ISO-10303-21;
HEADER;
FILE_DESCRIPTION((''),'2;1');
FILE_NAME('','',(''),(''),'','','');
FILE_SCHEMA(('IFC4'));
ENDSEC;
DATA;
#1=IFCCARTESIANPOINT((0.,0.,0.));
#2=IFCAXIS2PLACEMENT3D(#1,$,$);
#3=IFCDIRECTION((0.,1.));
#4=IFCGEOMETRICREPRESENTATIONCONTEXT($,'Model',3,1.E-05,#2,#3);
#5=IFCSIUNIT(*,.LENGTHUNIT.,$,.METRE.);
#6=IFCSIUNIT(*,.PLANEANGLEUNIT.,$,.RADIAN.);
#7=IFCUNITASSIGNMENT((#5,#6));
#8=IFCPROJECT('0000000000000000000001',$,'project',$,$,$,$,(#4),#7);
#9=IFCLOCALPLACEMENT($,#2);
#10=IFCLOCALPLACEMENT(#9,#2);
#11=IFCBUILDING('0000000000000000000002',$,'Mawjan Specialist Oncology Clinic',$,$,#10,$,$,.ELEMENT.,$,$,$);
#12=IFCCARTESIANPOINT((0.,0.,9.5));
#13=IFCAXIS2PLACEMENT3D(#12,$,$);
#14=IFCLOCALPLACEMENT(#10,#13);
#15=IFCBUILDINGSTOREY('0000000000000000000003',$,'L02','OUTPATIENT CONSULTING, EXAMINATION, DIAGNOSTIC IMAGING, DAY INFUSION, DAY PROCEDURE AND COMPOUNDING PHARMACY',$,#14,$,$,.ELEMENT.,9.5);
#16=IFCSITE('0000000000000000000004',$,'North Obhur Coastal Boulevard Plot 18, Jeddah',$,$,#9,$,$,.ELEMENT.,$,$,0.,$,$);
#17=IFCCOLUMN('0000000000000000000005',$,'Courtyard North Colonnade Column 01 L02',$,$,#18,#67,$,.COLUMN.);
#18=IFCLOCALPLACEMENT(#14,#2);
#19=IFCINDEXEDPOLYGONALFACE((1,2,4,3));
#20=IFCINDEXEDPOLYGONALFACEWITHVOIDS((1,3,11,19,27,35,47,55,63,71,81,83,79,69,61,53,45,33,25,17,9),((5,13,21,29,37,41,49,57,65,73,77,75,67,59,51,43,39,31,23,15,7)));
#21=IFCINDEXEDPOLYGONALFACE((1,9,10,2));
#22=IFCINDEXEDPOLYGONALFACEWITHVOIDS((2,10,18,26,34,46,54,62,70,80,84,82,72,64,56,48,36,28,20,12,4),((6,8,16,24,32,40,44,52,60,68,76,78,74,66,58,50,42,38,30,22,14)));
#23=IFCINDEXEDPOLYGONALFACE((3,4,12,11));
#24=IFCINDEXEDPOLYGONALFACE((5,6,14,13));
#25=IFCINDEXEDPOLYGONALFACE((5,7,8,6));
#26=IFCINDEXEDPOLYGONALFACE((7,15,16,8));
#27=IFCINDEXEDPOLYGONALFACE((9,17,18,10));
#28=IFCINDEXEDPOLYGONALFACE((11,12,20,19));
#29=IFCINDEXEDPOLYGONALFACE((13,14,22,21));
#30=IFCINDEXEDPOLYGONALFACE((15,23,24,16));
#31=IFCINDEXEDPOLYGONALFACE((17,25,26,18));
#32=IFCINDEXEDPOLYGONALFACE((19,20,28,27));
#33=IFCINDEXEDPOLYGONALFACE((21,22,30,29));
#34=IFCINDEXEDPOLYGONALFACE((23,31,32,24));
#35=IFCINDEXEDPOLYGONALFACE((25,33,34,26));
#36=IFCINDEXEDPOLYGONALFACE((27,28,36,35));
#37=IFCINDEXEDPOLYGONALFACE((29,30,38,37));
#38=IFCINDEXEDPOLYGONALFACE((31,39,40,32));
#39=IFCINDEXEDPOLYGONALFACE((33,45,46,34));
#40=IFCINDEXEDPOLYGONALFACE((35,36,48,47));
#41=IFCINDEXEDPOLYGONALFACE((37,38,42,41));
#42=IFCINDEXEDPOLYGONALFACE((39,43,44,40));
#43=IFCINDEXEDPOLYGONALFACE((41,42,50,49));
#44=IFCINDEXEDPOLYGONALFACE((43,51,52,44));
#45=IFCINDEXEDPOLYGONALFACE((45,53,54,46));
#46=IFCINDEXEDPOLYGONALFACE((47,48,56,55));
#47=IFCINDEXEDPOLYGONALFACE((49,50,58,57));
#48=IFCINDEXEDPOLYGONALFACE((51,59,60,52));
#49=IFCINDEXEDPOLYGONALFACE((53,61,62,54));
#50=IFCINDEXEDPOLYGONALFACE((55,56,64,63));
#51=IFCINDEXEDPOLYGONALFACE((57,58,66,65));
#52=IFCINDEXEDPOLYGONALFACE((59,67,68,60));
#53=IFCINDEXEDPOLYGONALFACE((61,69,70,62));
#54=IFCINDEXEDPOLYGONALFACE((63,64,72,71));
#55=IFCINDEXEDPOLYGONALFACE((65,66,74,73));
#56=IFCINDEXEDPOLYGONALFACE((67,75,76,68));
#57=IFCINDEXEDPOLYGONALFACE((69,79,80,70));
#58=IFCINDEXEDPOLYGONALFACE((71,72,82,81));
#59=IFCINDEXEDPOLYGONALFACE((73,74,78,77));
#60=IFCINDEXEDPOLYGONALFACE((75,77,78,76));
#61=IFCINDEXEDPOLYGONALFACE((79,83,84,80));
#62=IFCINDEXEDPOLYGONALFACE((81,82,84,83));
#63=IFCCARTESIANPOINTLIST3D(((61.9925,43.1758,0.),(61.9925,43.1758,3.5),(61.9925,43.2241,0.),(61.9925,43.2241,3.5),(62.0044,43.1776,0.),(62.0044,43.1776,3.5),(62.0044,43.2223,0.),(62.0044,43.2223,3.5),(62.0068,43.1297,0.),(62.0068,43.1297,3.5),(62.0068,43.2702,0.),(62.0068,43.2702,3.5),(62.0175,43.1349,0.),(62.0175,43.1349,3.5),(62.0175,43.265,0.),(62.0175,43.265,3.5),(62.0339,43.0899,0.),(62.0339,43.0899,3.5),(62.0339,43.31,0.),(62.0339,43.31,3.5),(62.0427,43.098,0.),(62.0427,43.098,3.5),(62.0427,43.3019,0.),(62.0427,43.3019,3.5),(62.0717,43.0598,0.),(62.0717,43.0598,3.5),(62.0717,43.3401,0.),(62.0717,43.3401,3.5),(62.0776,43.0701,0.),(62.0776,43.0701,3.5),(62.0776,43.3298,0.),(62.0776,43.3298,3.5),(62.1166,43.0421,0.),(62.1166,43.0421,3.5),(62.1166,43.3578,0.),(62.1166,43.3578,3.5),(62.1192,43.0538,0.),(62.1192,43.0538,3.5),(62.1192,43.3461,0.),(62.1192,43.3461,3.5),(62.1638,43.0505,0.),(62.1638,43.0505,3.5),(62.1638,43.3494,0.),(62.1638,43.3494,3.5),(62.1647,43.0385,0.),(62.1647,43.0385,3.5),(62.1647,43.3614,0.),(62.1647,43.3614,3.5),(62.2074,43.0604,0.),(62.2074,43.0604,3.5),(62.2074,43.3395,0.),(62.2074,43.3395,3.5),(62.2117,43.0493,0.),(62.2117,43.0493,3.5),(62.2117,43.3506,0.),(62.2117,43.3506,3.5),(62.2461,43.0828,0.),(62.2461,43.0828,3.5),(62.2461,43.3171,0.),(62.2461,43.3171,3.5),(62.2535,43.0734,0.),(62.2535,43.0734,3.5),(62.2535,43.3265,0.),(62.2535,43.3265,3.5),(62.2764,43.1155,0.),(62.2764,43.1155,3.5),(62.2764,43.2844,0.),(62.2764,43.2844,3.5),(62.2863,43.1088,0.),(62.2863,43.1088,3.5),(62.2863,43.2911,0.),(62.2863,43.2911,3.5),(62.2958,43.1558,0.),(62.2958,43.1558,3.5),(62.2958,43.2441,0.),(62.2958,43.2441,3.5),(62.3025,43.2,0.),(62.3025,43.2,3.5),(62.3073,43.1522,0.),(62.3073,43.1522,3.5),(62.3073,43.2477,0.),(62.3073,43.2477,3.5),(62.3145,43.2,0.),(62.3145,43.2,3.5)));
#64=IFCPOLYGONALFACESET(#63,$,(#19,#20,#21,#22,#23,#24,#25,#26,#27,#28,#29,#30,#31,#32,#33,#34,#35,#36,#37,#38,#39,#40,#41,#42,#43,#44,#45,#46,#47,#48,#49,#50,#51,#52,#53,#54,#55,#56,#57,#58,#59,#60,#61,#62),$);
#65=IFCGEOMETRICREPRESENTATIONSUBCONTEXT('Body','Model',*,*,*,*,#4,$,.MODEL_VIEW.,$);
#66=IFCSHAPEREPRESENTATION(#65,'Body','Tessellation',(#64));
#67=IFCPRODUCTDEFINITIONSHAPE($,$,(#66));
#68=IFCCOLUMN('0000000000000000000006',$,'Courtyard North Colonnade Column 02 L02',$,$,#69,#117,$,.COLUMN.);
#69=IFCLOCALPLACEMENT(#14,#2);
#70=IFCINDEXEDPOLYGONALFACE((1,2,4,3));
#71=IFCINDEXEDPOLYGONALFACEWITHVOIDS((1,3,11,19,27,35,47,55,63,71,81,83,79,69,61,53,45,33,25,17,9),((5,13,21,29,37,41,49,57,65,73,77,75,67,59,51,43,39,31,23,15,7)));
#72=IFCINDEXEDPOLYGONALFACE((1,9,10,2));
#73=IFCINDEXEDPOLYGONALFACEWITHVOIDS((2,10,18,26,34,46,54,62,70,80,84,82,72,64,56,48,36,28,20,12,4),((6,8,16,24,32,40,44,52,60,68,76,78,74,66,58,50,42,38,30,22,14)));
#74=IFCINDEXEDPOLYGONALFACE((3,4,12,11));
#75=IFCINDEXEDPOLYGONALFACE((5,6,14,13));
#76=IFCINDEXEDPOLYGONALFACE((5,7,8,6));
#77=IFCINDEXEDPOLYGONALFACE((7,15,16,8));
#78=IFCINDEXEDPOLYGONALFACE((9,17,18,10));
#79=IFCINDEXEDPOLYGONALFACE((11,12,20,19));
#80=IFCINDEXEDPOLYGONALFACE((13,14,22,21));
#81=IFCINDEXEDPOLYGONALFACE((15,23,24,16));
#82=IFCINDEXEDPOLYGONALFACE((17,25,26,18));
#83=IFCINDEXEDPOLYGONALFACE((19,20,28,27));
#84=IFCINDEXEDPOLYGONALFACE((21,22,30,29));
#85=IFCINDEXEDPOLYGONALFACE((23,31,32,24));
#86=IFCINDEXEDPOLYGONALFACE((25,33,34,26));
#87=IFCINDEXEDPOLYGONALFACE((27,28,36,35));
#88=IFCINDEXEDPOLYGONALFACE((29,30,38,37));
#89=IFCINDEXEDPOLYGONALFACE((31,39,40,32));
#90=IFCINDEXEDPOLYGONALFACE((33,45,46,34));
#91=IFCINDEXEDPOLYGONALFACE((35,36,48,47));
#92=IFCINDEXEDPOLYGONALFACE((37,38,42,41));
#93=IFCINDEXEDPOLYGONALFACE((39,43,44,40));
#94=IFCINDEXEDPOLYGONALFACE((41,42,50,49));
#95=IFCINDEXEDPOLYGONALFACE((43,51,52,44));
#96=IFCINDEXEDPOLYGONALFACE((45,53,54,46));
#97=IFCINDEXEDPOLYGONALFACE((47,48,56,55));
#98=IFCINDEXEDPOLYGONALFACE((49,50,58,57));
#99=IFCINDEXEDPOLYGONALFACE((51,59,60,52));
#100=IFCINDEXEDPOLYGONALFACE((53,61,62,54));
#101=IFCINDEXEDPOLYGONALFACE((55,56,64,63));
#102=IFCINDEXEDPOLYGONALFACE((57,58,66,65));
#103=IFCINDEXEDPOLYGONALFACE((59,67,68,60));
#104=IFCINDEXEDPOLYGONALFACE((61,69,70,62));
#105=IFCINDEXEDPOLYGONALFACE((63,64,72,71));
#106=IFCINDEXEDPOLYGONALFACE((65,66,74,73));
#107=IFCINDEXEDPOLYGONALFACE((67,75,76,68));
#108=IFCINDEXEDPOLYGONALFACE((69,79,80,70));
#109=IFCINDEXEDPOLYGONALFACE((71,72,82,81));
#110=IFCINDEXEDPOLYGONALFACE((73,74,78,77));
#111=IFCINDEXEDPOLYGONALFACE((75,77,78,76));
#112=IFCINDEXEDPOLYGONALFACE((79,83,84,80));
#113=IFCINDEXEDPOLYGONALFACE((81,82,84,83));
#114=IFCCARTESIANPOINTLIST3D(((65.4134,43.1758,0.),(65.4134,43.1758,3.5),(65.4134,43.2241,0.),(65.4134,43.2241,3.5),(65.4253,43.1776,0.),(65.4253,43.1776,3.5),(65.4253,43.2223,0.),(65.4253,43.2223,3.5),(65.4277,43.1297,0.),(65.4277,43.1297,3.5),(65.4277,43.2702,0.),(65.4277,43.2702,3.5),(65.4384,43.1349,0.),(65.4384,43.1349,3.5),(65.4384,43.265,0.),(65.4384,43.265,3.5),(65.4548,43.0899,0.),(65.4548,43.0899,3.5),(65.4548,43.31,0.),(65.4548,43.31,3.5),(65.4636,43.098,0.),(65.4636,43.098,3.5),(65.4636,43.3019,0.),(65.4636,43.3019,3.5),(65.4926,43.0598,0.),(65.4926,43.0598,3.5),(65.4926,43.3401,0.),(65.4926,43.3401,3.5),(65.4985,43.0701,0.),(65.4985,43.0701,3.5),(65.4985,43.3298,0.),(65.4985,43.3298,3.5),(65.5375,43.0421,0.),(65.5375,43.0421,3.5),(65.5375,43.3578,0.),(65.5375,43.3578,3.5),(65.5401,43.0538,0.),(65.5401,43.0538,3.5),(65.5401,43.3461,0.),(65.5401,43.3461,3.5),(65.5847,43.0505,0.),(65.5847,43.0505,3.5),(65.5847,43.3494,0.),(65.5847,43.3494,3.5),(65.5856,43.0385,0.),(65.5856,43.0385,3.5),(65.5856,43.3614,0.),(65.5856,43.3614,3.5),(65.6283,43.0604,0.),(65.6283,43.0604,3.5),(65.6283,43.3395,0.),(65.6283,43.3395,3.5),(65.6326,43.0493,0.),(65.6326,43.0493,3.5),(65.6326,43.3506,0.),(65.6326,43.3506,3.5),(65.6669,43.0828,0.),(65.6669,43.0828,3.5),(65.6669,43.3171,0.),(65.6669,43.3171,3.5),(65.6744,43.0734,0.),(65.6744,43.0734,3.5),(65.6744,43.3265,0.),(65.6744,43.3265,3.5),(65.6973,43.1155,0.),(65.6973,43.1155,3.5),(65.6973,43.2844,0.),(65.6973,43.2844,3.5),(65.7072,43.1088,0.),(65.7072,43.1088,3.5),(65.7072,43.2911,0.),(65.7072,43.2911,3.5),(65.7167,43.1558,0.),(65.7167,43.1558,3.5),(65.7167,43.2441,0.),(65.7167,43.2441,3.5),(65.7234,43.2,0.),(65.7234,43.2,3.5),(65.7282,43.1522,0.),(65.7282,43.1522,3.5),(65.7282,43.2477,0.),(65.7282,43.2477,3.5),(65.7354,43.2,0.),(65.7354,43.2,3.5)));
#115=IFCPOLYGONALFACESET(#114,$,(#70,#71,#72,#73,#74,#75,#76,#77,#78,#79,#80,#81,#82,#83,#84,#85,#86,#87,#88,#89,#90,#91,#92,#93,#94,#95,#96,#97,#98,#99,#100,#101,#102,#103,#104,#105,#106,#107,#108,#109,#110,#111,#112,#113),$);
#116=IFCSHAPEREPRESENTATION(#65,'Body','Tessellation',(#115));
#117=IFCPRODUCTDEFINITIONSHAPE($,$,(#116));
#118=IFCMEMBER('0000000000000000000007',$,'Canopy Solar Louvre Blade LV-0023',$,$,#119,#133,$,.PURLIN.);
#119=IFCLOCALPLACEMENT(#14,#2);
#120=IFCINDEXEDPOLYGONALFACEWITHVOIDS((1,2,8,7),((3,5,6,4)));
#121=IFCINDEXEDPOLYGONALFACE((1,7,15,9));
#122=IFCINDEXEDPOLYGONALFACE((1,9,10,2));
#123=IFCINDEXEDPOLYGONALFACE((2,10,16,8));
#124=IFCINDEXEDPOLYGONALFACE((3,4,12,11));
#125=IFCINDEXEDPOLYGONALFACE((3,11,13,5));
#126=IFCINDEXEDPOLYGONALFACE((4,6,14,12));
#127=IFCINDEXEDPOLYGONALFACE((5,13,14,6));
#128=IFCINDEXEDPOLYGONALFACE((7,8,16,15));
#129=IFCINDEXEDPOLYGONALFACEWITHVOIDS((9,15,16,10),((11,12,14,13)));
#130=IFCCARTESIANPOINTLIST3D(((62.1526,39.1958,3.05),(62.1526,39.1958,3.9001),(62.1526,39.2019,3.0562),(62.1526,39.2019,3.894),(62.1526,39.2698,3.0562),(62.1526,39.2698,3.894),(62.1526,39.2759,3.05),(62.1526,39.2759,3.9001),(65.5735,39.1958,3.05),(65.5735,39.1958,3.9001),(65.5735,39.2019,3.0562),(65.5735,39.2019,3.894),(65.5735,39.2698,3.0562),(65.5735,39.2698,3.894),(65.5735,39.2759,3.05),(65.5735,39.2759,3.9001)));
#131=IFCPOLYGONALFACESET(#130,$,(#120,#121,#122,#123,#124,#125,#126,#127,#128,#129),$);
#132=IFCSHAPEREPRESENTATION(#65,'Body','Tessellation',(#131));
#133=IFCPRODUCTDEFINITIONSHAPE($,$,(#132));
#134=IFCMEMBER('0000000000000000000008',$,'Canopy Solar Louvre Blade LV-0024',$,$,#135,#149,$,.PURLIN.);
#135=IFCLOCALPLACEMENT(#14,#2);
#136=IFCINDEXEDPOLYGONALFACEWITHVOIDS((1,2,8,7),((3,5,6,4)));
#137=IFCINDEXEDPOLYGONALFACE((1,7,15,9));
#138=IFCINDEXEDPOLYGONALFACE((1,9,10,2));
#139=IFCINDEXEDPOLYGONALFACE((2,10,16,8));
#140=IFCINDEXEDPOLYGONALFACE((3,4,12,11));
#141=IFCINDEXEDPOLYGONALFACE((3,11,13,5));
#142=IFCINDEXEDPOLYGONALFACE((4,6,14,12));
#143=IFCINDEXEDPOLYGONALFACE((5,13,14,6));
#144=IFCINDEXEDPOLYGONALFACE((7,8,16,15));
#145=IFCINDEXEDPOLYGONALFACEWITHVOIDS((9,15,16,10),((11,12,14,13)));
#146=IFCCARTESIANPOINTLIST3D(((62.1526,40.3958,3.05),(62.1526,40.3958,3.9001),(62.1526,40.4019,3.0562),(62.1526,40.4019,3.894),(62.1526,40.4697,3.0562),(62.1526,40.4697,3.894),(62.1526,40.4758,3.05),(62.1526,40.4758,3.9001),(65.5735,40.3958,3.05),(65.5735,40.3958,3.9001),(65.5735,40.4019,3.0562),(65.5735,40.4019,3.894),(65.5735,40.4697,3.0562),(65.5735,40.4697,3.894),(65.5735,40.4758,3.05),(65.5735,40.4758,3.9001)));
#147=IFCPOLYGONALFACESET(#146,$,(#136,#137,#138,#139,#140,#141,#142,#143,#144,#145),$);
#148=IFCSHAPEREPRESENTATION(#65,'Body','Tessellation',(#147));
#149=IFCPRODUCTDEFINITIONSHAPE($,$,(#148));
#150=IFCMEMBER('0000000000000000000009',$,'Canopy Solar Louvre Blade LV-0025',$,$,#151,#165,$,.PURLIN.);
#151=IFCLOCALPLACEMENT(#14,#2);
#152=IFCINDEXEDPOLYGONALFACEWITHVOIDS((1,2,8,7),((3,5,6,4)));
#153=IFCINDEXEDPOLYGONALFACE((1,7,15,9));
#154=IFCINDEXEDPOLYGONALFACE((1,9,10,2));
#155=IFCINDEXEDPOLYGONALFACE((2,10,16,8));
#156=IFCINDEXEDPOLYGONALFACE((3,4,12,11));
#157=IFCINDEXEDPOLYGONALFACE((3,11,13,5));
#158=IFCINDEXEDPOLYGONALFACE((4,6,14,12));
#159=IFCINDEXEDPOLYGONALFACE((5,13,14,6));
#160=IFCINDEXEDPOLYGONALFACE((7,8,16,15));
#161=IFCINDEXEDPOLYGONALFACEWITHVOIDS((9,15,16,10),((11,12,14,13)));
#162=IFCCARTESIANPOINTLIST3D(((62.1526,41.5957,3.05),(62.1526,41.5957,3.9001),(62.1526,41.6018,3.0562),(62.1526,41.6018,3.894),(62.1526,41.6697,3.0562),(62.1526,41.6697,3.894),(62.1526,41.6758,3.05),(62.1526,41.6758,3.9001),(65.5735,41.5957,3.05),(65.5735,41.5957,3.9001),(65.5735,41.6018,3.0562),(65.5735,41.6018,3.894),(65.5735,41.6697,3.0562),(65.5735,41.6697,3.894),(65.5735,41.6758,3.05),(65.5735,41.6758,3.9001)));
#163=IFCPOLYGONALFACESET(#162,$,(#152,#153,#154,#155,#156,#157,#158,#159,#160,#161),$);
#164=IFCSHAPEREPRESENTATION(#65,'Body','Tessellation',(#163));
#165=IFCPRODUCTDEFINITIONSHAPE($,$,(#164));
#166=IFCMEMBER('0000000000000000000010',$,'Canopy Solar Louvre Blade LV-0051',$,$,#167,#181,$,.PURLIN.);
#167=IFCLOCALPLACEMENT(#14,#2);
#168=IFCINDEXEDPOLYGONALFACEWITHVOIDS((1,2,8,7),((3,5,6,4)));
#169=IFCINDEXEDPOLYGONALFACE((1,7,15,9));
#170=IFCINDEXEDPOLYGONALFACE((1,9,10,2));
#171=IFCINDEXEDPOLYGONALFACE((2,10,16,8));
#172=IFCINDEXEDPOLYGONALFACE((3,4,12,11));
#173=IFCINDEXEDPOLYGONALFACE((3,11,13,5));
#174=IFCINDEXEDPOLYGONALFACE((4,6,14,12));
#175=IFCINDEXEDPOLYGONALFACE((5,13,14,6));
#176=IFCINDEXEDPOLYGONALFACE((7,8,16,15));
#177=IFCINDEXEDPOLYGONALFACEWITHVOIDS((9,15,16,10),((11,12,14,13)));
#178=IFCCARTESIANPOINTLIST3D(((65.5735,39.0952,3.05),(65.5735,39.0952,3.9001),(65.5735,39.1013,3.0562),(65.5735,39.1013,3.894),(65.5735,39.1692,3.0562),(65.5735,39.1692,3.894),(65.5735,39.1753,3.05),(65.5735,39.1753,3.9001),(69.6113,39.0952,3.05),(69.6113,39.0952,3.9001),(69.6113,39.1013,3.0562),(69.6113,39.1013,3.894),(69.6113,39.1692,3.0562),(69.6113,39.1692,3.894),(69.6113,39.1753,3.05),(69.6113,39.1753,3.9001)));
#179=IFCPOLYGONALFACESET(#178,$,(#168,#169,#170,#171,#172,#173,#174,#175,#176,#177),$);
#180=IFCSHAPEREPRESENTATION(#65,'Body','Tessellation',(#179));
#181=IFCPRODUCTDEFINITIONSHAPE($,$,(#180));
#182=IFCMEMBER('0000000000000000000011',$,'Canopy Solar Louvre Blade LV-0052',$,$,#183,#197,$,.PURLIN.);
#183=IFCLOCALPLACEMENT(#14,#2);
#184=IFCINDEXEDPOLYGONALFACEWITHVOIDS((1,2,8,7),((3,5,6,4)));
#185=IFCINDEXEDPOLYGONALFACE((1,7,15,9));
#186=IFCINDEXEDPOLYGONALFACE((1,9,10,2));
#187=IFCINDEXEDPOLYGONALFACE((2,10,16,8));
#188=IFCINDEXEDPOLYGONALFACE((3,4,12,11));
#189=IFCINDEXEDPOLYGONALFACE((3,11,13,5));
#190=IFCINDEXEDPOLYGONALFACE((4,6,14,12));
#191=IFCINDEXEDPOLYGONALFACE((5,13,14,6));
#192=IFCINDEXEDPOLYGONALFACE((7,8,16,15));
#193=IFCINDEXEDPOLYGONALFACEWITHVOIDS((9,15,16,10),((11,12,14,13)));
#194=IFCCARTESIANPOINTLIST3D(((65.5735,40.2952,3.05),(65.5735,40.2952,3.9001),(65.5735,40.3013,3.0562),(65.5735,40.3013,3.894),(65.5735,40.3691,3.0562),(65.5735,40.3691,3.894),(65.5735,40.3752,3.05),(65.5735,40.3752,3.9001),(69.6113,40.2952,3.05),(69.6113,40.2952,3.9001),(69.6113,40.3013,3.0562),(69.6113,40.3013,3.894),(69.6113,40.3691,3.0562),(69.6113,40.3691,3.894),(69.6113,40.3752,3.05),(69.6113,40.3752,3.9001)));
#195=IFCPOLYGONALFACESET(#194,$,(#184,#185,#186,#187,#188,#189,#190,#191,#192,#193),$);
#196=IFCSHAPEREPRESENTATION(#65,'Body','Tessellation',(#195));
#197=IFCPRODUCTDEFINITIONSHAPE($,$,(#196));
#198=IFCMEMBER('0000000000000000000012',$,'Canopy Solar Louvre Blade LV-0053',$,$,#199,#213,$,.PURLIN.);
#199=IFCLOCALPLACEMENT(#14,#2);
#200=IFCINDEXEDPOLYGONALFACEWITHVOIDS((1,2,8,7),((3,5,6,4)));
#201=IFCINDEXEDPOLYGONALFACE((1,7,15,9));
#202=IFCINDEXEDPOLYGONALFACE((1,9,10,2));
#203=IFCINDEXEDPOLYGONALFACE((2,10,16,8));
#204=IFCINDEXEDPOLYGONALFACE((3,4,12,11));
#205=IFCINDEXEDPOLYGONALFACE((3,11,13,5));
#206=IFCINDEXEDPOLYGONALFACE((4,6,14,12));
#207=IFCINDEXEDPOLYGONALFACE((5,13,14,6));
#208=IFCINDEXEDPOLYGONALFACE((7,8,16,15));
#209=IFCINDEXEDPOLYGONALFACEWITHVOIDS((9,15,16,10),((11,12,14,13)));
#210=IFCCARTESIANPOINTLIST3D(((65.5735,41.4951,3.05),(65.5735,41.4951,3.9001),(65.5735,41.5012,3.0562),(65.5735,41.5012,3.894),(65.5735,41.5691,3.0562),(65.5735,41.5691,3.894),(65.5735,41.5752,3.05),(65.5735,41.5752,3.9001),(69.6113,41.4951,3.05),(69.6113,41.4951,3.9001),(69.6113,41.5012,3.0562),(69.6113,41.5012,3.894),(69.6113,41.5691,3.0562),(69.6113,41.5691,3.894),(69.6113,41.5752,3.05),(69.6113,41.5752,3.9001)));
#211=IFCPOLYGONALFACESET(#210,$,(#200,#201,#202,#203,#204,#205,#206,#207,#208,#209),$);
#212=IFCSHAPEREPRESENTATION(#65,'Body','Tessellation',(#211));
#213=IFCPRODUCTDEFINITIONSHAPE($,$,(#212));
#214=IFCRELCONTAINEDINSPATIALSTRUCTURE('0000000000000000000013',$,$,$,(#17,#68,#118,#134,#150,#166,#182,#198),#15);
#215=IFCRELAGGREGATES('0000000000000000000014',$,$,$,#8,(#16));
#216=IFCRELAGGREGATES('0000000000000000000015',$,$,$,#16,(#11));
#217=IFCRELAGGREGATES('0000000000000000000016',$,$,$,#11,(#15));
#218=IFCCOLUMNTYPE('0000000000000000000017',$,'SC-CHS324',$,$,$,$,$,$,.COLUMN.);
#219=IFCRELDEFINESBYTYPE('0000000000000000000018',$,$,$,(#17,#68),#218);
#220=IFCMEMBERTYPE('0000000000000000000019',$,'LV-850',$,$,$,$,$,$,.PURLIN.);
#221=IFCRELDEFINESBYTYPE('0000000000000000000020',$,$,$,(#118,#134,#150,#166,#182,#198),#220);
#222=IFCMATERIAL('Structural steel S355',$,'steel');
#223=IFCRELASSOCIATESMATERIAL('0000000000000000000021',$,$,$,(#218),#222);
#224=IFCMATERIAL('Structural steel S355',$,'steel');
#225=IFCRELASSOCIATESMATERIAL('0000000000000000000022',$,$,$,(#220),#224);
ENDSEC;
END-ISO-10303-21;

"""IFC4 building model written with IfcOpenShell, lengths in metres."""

from ifc_helpers import new_model, si_unit, direction, frame, origin, origin_2d, place, context, subcontext, project, spatial, hollow_rectangle, hollow_circle, extrude, material, material_profile, profile_set, type_object, element, save


model = new_model("IFC4")

# Units and contexts
model_context = context("Model", 3, precision=1e-05, world=origin(), true_north=direction((0.0, 1.0)))
body_context = subcontext(model_context, "Body", "Model", "MODEL_VIEW")
ifc_project = project(units=[si_unit("LENGTHUNIT", "METRE"), si_unit("PLANEANGLEUNIT", "RADIAN")], contexts=[model_context])

# Site, building, storey
site_placement = place(None, origin())
site = spatial("IfcSite", under=ifc_project, at=site_placement, Name="North Obhur Coastal Boulevard Plot 18, Jeddah", CompositionType="ELEMENT", RefElevation=0.0)
building_placement = place(site_placement, origin())
building = spatial("IfcBuilding", under=site, at=building_placement, Name="Mawjan Specialist Oncology Clinic", CompositionType="ELEMENT")
storey_placement = place(building_placement, frame((0.0, 0.0, 9.5)))
storey = spatial("IfcBuildingStorey", under=building, at=storey_placement, Name="L02", Description="OUTPATIENT CONSULTING, EXAMINATION, DIAGNOSTIC IMAGING, DAY INFUSION, DAY PROCEDURE AND COMPOUNDING PHARMACY", CompositionType="ELEMENT", Elevation=9.5)

# Columns
ifc_material_1 = material(Name="Structural steel S355", Category="steel")
ifc_material_profile_1 = material_profile(ifc_material_1, hollow_circle(Radius=0.1619, WallThickness=0.012, at=origin_2d()), Name="CHS 323.9x12", Category="steel")
ifc_profile_set_1 = profile_set([ifc_material_profile_1], Name="Structural steel S355")
column_type = type_object("IfcColumnType", Name="SC-CHS324", PredefinedType="COLUMN", material=ifc_profile_set_1)
for number, where, z_axis, x_axis, name in (
    (1, (62.1526, 43.2, 0.0), (0.0, 0.0, 1.0), (1.0, 0.0, 0.0), "Courtyard North Colonnade Column 01 L02"),
    (2, (65.5735, 43.2, 0.0), (0.0, 0.0, 1.0), (1.0, 0.0, 0.0), "Courtyard North Colonnade Column 02 L02"),
):
    element("IfcColumn", number, at=place(storey_placement, frame(where, z_axis=z_axis, x_axis=x_axis)), inside=storey, type_object=column_type, Name=name, PredefinedType="COLUMN", context=body_context, shape_type="SweptSolid", body=[
        extrude(hollow_circle(Radius=0.1619, WallThickness=0.012, at=origin_2d()), origin(), (0.0, 0.0, 1.0), 3.5),
    ])

# Members
ifc_material_2 = material(Name="Structural steel S355", Category="steel")
ifc_material_profile_2 = material_profile(ifc_material_2, hollow_rectangle(XDim=0.0801, YDim=0.8501, WallThickness=0.0061, at=origin_2d()), Name="LOUVRE 850x80x6", Category="steel")
ifc_profile_set_2 = profile_set([ifc_material_profile_2], Name="Structural steel S355")
member_type_1 = type_object("IfcMemberType", Name="LV-850", PredefinedType="PURLIN", material=ifc_profile_set_2)
for number, where, z_axis, x_axis, name in (
    (3, (62.1526, 39.2358, 3.4751), (1.0, 0.0, 0.0), (0.0, 1.0, 0.0), "Canopy Solar Louvre Blade LV-0023"),
    (4, (62.1526, 40.4358, 3.4751), (1.0, 0.0, 0.0), (0.0, 1.0, 0.0), "Canopy Solar Louvre Blade LV-0024"),
    (5, (62.1526, 41.6357, 3.4751), (1.0, 0.0, 0.0), (0.0, 1.0, 0.0), "Canopy Solar Louvre Blade LV-0025"),
):
    element("IfcMember", number, at=place(storey_placement, frame(where, z_axis=z_axis, x_axis=x_axis)), inside=storey, type_object=member_type_1, Name=name, PredefinedType="PURLIN", context=body_context, shape_type="SweptSolid", body=[
        extrude(hollow_rectangle(XDim=0.0801, YDim=0.8501, WallThickness=0.0061, at=origin_2d()), origin(), (0.0, 0.0, 1.0), 3.4209),
    ])
for number, where, z_axis, x_axis, name in (
    (6, (65.5735, 39.1353, 3.4751), (1.0, 0.0, 0.0), (0.0, 1.0, 0.0), "Canopy Solar Louvre Blade LV-0051"),
    (7, (65.5735, 40.3352, 3.4751), (1.0, 0.0, 0.0), (0.0, 1.0, 0.0), "Canopy Solar Louvre Blade LV-0052"),
    (8, (65.5735, 41.5352, 3.4751), (1.0, 0.0, 0.0), (0.0, 1.0, 0.0), "Canopy Solar Louvre Blade LV-0053"),
):
    element("IfcMember", number, at=place(storey_placement, frame(where, z_axis=z_axis, x_axis=x_axis)), inside=storey, type_object=member_type_1, Name=name, PredefinedType="PURLIN", context=body_context, shape_type="SweptSolid", body=[
        extrude(hollow_rectangle(XDim=0.0801, YDim=0.8501, WallThickness=0.0061, at=origin_2d()), origin(), (0.0, 0.0, 1.0), 4.0378),
    ])

save(model, "model.ifc")
